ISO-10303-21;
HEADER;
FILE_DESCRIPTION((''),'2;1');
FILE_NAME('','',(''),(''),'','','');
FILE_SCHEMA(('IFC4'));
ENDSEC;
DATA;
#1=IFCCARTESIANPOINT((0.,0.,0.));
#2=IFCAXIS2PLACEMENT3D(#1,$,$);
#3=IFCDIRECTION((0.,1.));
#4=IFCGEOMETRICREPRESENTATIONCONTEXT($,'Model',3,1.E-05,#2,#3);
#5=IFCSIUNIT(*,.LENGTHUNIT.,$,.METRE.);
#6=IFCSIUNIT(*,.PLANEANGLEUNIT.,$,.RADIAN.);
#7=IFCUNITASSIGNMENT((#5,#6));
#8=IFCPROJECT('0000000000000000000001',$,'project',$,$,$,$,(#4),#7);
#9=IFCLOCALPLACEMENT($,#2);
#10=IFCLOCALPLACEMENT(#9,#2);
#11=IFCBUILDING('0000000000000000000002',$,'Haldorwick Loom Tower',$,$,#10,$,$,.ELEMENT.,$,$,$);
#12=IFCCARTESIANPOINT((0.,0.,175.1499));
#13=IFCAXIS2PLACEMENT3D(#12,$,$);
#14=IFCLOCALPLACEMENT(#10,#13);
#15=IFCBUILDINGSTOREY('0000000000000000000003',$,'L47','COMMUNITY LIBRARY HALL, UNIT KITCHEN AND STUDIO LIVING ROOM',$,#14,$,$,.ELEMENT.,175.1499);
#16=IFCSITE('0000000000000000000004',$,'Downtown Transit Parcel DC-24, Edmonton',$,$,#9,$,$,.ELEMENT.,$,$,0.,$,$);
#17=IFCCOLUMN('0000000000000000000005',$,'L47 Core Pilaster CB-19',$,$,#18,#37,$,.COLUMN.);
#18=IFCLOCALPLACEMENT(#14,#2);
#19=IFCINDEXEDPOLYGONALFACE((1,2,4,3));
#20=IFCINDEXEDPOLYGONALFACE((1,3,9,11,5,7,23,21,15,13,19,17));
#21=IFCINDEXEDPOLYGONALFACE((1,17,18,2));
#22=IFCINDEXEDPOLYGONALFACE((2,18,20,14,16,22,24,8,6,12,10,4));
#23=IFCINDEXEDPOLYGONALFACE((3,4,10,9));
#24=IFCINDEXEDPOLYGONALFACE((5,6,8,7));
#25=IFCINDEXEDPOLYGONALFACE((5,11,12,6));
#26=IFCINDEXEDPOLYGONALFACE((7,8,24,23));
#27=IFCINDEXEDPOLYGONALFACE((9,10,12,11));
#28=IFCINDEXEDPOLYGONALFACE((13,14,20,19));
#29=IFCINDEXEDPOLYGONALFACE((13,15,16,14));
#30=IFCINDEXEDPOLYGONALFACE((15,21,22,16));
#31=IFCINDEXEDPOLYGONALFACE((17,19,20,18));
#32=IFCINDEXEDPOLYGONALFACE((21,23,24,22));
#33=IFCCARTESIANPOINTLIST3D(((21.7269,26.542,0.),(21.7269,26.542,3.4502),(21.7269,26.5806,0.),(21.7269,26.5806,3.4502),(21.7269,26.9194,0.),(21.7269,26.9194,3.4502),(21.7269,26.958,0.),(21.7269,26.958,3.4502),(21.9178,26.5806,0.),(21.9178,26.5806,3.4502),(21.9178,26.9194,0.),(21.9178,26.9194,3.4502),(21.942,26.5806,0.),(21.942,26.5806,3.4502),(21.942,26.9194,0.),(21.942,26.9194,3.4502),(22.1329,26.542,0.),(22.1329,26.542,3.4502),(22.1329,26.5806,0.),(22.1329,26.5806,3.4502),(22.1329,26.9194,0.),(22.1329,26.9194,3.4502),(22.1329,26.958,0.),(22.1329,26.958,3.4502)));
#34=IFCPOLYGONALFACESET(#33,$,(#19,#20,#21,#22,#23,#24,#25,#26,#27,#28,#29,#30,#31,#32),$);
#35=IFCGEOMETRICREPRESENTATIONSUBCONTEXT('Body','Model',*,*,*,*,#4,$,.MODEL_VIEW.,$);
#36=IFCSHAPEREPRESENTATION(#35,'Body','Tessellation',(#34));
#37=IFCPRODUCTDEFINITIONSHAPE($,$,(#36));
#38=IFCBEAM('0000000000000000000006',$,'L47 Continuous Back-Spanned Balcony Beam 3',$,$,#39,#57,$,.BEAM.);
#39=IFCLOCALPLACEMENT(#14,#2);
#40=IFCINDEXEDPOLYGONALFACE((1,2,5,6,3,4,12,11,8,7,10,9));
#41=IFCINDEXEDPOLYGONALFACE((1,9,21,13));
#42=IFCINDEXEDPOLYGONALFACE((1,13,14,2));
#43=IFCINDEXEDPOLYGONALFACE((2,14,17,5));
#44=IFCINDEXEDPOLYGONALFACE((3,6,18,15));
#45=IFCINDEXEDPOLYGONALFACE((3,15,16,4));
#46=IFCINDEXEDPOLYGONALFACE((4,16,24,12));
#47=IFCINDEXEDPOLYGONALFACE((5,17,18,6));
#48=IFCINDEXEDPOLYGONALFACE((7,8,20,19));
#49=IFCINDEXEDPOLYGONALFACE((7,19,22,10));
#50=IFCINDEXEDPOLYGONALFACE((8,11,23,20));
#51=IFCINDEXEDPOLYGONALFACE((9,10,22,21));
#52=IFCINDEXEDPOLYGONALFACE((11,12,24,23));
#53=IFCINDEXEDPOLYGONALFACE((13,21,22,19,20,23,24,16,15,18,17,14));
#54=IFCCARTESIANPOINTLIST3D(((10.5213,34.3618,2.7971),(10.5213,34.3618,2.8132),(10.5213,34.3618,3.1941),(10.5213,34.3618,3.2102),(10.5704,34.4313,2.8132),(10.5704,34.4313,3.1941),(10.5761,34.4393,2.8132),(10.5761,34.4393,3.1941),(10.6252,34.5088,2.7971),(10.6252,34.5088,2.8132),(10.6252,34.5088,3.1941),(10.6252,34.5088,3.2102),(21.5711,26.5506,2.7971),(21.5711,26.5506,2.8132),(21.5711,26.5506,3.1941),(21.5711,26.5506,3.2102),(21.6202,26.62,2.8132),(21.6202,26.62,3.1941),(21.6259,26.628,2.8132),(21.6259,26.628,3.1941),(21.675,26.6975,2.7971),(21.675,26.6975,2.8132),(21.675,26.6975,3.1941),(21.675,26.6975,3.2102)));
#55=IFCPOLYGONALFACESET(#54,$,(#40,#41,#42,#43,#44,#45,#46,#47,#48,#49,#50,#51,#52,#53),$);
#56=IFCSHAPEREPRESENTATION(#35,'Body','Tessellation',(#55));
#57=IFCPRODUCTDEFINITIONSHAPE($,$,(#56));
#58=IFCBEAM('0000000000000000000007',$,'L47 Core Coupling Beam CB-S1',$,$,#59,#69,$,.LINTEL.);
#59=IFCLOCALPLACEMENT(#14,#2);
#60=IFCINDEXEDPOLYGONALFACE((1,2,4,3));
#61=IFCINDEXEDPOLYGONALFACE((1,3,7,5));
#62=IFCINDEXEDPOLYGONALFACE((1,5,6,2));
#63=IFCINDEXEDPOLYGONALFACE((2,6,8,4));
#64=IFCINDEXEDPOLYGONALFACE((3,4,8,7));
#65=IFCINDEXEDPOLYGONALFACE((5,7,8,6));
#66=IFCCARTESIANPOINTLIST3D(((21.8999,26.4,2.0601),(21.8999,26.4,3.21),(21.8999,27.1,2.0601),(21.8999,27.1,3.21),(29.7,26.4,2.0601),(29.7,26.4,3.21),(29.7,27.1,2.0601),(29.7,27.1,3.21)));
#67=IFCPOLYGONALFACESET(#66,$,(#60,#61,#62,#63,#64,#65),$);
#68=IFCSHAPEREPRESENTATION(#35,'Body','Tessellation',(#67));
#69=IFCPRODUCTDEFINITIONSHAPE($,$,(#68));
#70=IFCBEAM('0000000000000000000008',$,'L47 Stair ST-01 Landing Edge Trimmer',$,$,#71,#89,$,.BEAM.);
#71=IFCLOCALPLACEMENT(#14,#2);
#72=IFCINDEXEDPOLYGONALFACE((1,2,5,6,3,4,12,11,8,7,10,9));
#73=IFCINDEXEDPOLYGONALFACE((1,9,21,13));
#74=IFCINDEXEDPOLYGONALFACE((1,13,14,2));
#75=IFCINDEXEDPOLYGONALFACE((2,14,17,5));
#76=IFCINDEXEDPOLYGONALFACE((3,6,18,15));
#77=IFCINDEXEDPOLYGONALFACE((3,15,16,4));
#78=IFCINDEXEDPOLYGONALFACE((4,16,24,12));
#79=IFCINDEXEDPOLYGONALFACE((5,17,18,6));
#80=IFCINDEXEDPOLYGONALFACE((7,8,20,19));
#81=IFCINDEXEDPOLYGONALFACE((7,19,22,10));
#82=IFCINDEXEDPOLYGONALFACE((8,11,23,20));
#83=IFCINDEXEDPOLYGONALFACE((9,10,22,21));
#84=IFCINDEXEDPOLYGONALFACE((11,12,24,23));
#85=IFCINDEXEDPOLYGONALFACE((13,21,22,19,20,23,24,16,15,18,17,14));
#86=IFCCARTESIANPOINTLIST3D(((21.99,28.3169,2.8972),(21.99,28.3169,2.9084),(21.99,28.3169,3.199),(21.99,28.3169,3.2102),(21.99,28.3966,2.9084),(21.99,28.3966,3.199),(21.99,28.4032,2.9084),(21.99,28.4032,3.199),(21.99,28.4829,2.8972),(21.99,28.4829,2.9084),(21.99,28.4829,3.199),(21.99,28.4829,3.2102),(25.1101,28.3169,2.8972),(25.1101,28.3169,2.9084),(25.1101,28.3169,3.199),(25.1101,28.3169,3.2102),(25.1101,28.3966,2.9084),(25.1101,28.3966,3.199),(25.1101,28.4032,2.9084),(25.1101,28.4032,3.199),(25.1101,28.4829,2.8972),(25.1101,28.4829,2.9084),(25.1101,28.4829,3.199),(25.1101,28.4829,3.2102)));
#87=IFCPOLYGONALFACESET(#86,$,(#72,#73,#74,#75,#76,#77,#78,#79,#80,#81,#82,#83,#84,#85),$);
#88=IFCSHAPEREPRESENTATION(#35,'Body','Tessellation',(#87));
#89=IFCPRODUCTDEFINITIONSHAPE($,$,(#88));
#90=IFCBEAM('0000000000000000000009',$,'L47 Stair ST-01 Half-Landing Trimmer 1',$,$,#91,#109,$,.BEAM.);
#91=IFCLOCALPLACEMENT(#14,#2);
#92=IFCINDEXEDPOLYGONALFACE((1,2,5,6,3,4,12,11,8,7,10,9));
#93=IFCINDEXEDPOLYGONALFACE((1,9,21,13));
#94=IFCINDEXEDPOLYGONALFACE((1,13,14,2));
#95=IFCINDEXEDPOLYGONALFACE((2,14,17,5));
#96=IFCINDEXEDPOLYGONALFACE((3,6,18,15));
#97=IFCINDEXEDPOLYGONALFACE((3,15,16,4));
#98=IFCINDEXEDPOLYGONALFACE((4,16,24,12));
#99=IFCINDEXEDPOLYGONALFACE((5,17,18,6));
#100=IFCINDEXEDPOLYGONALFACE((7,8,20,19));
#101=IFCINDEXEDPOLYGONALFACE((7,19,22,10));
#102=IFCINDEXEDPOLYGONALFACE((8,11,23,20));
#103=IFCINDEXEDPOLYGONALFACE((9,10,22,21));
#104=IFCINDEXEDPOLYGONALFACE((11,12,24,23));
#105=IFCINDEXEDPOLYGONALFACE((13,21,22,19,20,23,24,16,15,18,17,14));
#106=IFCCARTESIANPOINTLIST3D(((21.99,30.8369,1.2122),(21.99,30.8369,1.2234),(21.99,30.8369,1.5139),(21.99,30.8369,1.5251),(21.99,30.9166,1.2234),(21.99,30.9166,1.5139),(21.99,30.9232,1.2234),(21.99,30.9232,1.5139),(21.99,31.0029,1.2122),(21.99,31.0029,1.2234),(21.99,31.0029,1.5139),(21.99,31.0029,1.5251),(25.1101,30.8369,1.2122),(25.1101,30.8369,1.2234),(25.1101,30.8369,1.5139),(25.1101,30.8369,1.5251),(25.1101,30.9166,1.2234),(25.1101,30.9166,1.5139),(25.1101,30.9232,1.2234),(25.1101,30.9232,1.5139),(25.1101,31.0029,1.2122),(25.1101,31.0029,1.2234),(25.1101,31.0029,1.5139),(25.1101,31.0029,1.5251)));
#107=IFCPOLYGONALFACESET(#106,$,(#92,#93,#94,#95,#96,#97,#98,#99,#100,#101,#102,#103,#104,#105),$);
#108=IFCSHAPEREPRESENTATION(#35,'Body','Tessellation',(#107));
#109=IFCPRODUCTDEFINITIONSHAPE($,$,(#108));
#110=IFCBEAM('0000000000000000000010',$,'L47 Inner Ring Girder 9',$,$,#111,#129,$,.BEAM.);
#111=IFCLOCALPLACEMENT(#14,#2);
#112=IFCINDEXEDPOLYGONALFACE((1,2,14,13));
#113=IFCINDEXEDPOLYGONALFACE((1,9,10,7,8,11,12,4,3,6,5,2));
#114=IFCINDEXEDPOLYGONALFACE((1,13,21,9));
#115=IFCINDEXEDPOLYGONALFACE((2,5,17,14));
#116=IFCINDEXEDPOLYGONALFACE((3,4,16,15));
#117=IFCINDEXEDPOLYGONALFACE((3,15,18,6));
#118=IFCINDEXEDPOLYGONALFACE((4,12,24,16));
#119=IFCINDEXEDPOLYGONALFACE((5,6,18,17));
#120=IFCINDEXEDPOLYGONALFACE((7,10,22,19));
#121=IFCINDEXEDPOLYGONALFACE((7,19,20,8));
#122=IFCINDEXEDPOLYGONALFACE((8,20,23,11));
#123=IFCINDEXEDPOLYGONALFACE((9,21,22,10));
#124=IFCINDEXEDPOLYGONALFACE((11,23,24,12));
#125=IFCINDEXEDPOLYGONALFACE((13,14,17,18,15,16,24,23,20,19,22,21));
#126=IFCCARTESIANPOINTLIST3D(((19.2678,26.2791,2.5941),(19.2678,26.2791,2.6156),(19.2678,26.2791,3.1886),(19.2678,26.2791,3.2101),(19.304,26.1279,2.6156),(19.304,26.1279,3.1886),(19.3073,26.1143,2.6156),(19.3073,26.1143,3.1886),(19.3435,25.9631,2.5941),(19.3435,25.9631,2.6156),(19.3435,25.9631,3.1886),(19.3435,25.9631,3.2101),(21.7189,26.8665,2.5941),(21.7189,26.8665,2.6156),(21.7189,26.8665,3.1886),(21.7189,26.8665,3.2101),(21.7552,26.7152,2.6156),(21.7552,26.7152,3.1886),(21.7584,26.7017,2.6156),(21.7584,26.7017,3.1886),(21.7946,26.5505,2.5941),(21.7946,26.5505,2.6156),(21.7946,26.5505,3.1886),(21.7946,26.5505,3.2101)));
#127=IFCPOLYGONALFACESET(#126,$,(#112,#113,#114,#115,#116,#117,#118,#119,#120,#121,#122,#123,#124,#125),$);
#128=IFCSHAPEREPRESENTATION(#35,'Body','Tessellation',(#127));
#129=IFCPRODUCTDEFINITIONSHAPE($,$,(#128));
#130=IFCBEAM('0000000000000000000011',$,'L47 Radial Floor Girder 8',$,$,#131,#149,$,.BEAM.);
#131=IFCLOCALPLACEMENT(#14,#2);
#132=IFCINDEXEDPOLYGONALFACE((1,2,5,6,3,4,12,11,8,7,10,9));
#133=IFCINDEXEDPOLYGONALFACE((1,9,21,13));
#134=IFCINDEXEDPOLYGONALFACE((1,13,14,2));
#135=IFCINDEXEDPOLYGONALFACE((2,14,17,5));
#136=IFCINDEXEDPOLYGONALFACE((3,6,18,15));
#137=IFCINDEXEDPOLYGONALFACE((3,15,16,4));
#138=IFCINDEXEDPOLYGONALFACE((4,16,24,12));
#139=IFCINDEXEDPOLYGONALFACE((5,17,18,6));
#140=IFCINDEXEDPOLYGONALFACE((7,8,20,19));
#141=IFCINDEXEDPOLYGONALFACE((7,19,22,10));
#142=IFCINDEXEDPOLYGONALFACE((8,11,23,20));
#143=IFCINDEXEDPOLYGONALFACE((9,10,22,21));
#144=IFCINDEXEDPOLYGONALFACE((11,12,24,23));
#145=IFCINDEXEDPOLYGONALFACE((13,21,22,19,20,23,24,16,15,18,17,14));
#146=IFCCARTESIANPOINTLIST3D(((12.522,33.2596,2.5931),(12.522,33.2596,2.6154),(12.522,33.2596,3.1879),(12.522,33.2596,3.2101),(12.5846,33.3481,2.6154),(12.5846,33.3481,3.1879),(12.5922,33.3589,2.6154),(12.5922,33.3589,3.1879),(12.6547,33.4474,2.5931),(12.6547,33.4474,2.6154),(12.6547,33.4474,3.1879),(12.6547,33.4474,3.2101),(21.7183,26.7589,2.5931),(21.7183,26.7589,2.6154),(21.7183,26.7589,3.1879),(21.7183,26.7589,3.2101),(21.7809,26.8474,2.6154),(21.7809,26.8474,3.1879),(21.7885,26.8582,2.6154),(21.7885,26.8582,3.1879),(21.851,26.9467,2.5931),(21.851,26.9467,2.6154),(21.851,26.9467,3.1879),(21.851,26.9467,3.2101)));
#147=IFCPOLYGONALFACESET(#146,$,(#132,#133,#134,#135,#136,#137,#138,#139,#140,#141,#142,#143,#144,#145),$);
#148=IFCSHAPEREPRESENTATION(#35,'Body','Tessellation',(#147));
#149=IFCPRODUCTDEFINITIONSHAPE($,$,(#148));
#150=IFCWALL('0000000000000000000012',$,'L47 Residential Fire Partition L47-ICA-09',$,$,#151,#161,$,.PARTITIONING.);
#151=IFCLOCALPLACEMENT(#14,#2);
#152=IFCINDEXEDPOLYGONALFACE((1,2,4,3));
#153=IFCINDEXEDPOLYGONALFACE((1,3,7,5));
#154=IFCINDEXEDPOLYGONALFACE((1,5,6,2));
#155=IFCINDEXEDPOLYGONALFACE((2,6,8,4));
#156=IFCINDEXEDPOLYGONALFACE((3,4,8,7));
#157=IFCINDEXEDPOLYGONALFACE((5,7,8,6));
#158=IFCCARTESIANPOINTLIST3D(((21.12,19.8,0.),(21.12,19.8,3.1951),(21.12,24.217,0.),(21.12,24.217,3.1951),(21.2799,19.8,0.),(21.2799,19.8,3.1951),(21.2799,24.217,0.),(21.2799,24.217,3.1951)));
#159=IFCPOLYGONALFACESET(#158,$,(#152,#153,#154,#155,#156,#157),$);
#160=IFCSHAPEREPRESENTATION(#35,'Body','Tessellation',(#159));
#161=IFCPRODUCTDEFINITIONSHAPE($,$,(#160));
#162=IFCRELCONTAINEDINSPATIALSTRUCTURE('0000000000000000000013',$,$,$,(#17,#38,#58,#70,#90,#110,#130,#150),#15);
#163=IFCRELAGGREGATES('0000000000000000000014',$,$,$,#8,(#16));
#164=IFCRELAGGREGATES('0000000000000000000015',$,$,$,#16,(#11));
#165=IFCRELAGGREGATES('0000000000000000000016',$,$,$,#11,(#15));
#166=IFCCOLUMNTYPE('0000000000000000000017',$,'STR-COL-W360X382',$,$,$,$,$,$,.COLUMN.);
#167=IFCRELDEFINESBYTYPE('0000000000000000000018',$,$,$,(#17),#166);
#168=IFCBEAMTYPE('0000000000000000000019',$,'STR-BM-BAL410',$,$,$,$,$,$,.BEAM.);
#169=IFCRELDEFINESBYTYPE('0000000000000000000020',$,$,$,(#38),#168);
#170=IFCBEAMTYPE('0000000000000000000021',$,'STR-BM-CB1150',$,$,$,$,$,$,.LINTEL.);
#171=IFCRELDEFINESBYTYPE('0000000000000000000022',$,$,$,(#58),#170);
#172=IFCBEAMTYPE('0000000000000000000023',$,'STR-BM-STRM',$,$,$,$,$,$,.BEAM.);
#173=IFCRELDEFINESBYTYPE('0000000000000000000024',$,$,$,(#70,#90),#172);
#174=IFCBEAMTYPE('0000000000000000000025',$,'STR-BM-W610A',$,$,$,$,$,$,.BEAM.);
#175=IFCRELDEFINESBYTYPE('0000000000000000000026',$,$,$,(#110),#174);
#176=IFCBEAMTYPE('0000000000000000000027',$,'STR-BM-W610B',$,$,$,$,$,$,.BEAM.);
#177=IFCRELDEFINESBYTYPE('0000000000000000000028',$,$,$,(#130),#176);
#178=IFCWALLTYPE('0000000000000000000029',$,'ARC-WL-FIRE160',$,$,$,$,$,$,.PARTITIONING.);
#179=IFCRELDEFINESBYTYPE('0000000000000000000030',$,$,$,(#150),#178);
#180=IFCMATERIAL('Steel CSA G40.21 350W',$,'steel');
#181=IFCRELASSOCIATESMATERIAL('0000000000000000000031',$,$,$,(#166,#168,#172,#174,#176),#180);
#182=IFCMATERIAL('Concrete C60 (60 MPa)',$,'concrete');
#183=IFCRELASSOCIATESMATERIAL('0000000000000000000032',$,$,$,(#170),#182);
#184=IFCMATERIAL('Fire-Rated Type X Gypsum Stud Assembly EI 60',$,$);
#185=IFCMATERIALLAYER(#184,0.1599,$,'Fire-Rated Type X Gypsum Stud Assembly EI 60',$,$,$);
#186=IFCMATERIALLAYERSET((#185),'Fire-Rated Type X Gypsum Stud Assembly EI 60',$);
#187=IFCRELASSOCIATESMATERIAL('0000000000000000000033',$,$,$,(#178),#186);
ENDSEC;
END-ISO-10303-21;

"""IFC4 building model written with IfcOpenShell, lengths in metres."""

from ifc_helpers import new_model, si_unit, direction, frame, frame_2d, origin, origin_2d, place, context, subcontext, project, spatial, rectangle, i_section, extrude, material, layer, layer_set, material_profile, profile_set, type_object, element, save


model = new_model("IFC4")

# Units and contexts
model_context = context("Model", 3, precision=1e-05, world=origin(), true_north=direction((0.0, 1.0)))
body_context = subcontext(model_context, "Body", "Model", "MODEL_VIEW")
ifc_project = project(units=[si_unit("LENGTHUNIT", "METRE"), si_unit("PLANEANGLEUNIT", "RADIAN")], contexts=[model_context])

# Site, building, storey
site_placement = place(None, origin())
site = spatial("IfcSite", under=ifc_project, at=site_placement, Name="Downtown Transit Parcel DC-24, Edmonton", CompositionType="ELEMENT", RefElevation=0.0)
building_placement = place(site_placement, origin())
building = spatial("IfcBuilding", under=site, at=building_placement, Name="Haldorwick Loom Tower", CompositionType="ELEMENT")
storey_placement = place(building_placement, frame((0.0, 0.0, 175.1499)))
storey = spatial("IfcBuildingStorey", under=building, at=storey_placement, Name="L47", Description="COMMUNITY LIBRARY HALL, UNIT KITCHEN AND STUDIO LIVING ROOM", CompositionType="ELEMENT", Elevation=175.1499)

# Column
ifc_material_1 = material(Name="Steel CSA G40.21 350W", Category="steel")
ifc_material_profile_1 = material_profile(ifc_material_1, i_section(OverallWidth=0.406, OverallDepth=0.416, WebThickness=0.0242, FlangeThickness=0.0386, at=origin_2d()), Name="W360X382", Category="steel")
ifc_profile_set_1 = profile_set([ifc_material_profile_1], Name="Steel CSA G40.21 350W")
column_type = type_object("IfcColumnType", Name="STR-COL-W360X382", PredefinedType="COLUMN", material=ifc_profile_set_1)
column_placement = place(storey_placement, frame((21.9299, 26.75, 0.0), z_axis=(0.0, 0.0, 1.0), x_axis=(1.0, 0.0, 0.0)))
element("IfcColumn", 1, at=column_placement, inside=storey, type_object=column_type, Name="L47 Core Pilaster CB-19", PredefinedType="COLUMN", context=body_context, shape_type="SweptSolid", body=[
    extrude(i_section(OverallWidth=0.406, OverallDepth=0.416, WebThickness=0.0242, FlangeThickness=0.0386, at=origin_2d()), origin(), (0.0, 0.0, 1.0), 3.4502),
])

# Beams
ifc_material_profile_2 = material_profile(ifc_material_1, i_section(OverallWidth=0.1799, OverallDepth=0.4131, WebThickness=0.0098, FlangeThickness=0.0161, at=origin_2d()), Name="W410X74", Category="steel")
ifc_profile_set_2 = profile_set([ifc_material_profile_2], Name="Steel CSA G40.21 350W")
beam_type_1 = type_object("IfcBeamType", Name="STR-BM-BAL410", PredefinedType="BEAM", material=ifc_profile_set_2)
beam_1_placement = place(storey_placement, frame((21.623, 26.624, 3.0037), z_axis=(-0.81657, 0.577246, 0.0), x_axis=(-0.577246, -0.81657, 0.0)))
element("IfcBeam", 2, at=beam_1_placement, inside=storey, type_object=beam_type_1, Name="L47 Continuous Back-Spanned Balcony Beam 3", PredefinedType="BEAM", context=body_context, shape_type="SweptSolid", body=[
    extrude(i_section(OverallWidth=0.1799, OverallDepth=0.4131, WebThickness=0.0098, FlangeThickness=0.0161, at=origin_2d()), origin(), (0.0, 0.0, 1.0), 13.532),
])
ifc_material_2 = material(Name="Concrete C60 (60 MPa)", Category="concrete")
ifc_material_profile_3 = material_profile(ifc_material_2, rectangle(XDim=0.7, YDim=1.1499, at=origin_2d()), Name="RC700X1150", Category="concrete")
ifc_profile_set_3 = profile_set([ifc_material_profile_3], Name="Concrete C60 (60 MPa)")
beam_type_2 = type_object("IfcBeamType", Name="STR-BM-CB1150", PredefinedType="LINTEL", material=ifc_profile_set_3)
beam_2_placement = place(storey_placement, frame((21.8999, 26.75, 2.635), z_axis=(1.0, 0.0, 0.0), x_axis=(0.0, 1.0, 0.0)))
element("IfcBeam", 3, at=beam_2_placement, inside=storey, type_object=beam_type_2, Name="L47 Core Coupling Beam CB-S1", PredefinedType="LINTEL", context=body_context, shape_type="SweptSolid", body=[
    extrude(rectangle(XDim=0.7, YDim=1.1499, at=origin_2d()), origin(), (0.0, 0.0, 1.0), 7.8),
])
ifc_material_profile_4 = material_profile(ifc_material_1, i_section(OverallWidth=0.166, OverallDepth=0.313, WebThickness=0.0066, FlangeThickness=0.0112, at=origin_2d()), Name="W310X45", Category="steel")
ifc_profile_set_4 = profile_set([ifc_material_profile_4], Name="Steel CSA G40.21 350W")
beam_type_3 = type_object("IfcBeamType", Name="STR-BM-STRM", PredefinedType="BEAM", material=ifc_profile_set_4)
for number, where, z_axis, x_axis, name in (
    (4, (21.99, 28.3999, 3.0537), (1.0, 0.0, 0.0), (0.0, 1.0, 0.0), "L47 Stair ST-01 Landing Edge Trimmer"),
    (5, (21.99, 30.9199, 1.3687), (1.0, 0.0, 0.0), (0.0, 1.0, 0.0), "L47 Stair ST-01 Half-Landing Trimmer 1"),
):
    element("IfcBeam", number, at=place(storey_placement, frame(where, z_axis=z_axis, x_axis=x_axis)), inside=storey, type_object=beam_type_3, Name=name, PredefinedType="BEAM", context=body_context, shape_type="SweptSolid", body=[
        extrude(i_section(OverallWidth=0.166, OverallDepth=0.313, WebThickness=0.0066, FlangeThickness=0.0112, at=origin_2d()), origin(), (0.0, 0.0, 1.0), 3.1201),
    ])
ifc_material_profile_5 = material_profile(ifc_material_1, i_section(OverallWidth=0.325, OverallDepth=0.616, WebThickness=0.0139, FlangeThickness=0.0215, at=origin_2d()), Name="W610X174", Category="steel")
ifc_profile_set_5 = profile_set([ifc_material_profile_5], Name="Steel CSA G40.21 350W")
beam_type_4 = type_object("IfcBeamType", Name="STR-BM-W610A", PredefinedType="BEAM", material=ifc_profile_set_5)
beam_3_placement = place(storey_placement, frame((19.3057, 26.1211, 2.9021), z_axis=(0.972466, 0.233043, 0.0), x_axis=(-0.233043, 0.972466, 0.0)))
element("IfcBeam", 6, at=beam_3_placement, inside=storey, type_object=beam_type_4, Name="L47 Inner Ring Girder 9", PredefinedType="BEAM", context=body_context, shape_type="SweptSolid", body=[
    extrude(i_section(OverallWidth=0.325, OverallDepth=0.616, WebThickness=0.0139, FlangeThickness=0.0215, at=origin_2d()), origin(), (0.0, 0.0, 1.0), 2.5205),
])
ifc_material_profile_6 = material_profile(ifc_material_1, i_section(OverallWidth=0.23, OverallDepth=0.6169, WebThickness=0.0132, FlangeThickness=0.0222, at=origin_2d()), Name="W610X140", Category="steel")
ifc_profile_set_6 = profile_set([ifc_material_profile_6], Name="Steel CSA G40.21 350W")
beam_type_5 = type_object("IfcBeamType", Name="STR-BM-W610B", PredefinedType="BEAM", material=ifc_profile_set_6)
beam_4_placement = place(storey_placement, frame((21.7847, 26.8528, 2.9016), z_axis=(-0.816581, 0.57723, 0.0), x_axis=(-0.57723, -0.816581, 0.0)))
element("IfcBeam", 7, at=beam_4_placement, inside=storey, type_object=beam_type_5, Name="L47 Radial Floor Girder 8", PredefinedType="BEAM", context=body_context, shape_type="SweptSolid", body=[
    extrude(i_section(OverallWidth=0.23, OverallDepth=0.6169, WebThickness=0.0132, FlangeThickness=0.0222, at=origin_2d()), origin(), (0.0, 0.0, 1.0), 11.262),
])

# Wall
ifc_material_3 = material(Name="Fire-Rated Type X Gypsum Stud Assembly EI 60")
ifc_layer_1 = layer(ifc_material_3, 0.1599, Name="Fire-Rated Type X Gypsum Stud Assembly EI 60")
ifc_layer_set_1 = layer_set([ifc_layer_1], Name="Fire-Rated Type X Gypsum Stud Assembly EI 60")
wall_type_1 = type_object("IfcWallType", Name="ARC-WL-FIRE160", PredefinedType="PARTITIONING", material=ifc_layer_set_1)
wall_1_placement = place(storey_placement, frame((21.2, 24.217, 0.0), z_axis=(0.0, 0.0, 1.0), x_axis=(0.0, -1.0, 0.0)))
element("IfcWall", 8, at=wall_1_placement, inside=storey, type_object=wall_type_1, Name="L47 Residential Fire Partition L47-ICA-09", PredefinedType="PARTITIONING", context=body_context, shape_type="SweptSolid", body=[
    extrude(rectangle(XDim=4.417, YDim=0.1599, at=frame_2d((2.2085, 0.0))), origin(), (0.0, 0.0, 1.0), 3.1951),
])

save(model, "model.ifc")
